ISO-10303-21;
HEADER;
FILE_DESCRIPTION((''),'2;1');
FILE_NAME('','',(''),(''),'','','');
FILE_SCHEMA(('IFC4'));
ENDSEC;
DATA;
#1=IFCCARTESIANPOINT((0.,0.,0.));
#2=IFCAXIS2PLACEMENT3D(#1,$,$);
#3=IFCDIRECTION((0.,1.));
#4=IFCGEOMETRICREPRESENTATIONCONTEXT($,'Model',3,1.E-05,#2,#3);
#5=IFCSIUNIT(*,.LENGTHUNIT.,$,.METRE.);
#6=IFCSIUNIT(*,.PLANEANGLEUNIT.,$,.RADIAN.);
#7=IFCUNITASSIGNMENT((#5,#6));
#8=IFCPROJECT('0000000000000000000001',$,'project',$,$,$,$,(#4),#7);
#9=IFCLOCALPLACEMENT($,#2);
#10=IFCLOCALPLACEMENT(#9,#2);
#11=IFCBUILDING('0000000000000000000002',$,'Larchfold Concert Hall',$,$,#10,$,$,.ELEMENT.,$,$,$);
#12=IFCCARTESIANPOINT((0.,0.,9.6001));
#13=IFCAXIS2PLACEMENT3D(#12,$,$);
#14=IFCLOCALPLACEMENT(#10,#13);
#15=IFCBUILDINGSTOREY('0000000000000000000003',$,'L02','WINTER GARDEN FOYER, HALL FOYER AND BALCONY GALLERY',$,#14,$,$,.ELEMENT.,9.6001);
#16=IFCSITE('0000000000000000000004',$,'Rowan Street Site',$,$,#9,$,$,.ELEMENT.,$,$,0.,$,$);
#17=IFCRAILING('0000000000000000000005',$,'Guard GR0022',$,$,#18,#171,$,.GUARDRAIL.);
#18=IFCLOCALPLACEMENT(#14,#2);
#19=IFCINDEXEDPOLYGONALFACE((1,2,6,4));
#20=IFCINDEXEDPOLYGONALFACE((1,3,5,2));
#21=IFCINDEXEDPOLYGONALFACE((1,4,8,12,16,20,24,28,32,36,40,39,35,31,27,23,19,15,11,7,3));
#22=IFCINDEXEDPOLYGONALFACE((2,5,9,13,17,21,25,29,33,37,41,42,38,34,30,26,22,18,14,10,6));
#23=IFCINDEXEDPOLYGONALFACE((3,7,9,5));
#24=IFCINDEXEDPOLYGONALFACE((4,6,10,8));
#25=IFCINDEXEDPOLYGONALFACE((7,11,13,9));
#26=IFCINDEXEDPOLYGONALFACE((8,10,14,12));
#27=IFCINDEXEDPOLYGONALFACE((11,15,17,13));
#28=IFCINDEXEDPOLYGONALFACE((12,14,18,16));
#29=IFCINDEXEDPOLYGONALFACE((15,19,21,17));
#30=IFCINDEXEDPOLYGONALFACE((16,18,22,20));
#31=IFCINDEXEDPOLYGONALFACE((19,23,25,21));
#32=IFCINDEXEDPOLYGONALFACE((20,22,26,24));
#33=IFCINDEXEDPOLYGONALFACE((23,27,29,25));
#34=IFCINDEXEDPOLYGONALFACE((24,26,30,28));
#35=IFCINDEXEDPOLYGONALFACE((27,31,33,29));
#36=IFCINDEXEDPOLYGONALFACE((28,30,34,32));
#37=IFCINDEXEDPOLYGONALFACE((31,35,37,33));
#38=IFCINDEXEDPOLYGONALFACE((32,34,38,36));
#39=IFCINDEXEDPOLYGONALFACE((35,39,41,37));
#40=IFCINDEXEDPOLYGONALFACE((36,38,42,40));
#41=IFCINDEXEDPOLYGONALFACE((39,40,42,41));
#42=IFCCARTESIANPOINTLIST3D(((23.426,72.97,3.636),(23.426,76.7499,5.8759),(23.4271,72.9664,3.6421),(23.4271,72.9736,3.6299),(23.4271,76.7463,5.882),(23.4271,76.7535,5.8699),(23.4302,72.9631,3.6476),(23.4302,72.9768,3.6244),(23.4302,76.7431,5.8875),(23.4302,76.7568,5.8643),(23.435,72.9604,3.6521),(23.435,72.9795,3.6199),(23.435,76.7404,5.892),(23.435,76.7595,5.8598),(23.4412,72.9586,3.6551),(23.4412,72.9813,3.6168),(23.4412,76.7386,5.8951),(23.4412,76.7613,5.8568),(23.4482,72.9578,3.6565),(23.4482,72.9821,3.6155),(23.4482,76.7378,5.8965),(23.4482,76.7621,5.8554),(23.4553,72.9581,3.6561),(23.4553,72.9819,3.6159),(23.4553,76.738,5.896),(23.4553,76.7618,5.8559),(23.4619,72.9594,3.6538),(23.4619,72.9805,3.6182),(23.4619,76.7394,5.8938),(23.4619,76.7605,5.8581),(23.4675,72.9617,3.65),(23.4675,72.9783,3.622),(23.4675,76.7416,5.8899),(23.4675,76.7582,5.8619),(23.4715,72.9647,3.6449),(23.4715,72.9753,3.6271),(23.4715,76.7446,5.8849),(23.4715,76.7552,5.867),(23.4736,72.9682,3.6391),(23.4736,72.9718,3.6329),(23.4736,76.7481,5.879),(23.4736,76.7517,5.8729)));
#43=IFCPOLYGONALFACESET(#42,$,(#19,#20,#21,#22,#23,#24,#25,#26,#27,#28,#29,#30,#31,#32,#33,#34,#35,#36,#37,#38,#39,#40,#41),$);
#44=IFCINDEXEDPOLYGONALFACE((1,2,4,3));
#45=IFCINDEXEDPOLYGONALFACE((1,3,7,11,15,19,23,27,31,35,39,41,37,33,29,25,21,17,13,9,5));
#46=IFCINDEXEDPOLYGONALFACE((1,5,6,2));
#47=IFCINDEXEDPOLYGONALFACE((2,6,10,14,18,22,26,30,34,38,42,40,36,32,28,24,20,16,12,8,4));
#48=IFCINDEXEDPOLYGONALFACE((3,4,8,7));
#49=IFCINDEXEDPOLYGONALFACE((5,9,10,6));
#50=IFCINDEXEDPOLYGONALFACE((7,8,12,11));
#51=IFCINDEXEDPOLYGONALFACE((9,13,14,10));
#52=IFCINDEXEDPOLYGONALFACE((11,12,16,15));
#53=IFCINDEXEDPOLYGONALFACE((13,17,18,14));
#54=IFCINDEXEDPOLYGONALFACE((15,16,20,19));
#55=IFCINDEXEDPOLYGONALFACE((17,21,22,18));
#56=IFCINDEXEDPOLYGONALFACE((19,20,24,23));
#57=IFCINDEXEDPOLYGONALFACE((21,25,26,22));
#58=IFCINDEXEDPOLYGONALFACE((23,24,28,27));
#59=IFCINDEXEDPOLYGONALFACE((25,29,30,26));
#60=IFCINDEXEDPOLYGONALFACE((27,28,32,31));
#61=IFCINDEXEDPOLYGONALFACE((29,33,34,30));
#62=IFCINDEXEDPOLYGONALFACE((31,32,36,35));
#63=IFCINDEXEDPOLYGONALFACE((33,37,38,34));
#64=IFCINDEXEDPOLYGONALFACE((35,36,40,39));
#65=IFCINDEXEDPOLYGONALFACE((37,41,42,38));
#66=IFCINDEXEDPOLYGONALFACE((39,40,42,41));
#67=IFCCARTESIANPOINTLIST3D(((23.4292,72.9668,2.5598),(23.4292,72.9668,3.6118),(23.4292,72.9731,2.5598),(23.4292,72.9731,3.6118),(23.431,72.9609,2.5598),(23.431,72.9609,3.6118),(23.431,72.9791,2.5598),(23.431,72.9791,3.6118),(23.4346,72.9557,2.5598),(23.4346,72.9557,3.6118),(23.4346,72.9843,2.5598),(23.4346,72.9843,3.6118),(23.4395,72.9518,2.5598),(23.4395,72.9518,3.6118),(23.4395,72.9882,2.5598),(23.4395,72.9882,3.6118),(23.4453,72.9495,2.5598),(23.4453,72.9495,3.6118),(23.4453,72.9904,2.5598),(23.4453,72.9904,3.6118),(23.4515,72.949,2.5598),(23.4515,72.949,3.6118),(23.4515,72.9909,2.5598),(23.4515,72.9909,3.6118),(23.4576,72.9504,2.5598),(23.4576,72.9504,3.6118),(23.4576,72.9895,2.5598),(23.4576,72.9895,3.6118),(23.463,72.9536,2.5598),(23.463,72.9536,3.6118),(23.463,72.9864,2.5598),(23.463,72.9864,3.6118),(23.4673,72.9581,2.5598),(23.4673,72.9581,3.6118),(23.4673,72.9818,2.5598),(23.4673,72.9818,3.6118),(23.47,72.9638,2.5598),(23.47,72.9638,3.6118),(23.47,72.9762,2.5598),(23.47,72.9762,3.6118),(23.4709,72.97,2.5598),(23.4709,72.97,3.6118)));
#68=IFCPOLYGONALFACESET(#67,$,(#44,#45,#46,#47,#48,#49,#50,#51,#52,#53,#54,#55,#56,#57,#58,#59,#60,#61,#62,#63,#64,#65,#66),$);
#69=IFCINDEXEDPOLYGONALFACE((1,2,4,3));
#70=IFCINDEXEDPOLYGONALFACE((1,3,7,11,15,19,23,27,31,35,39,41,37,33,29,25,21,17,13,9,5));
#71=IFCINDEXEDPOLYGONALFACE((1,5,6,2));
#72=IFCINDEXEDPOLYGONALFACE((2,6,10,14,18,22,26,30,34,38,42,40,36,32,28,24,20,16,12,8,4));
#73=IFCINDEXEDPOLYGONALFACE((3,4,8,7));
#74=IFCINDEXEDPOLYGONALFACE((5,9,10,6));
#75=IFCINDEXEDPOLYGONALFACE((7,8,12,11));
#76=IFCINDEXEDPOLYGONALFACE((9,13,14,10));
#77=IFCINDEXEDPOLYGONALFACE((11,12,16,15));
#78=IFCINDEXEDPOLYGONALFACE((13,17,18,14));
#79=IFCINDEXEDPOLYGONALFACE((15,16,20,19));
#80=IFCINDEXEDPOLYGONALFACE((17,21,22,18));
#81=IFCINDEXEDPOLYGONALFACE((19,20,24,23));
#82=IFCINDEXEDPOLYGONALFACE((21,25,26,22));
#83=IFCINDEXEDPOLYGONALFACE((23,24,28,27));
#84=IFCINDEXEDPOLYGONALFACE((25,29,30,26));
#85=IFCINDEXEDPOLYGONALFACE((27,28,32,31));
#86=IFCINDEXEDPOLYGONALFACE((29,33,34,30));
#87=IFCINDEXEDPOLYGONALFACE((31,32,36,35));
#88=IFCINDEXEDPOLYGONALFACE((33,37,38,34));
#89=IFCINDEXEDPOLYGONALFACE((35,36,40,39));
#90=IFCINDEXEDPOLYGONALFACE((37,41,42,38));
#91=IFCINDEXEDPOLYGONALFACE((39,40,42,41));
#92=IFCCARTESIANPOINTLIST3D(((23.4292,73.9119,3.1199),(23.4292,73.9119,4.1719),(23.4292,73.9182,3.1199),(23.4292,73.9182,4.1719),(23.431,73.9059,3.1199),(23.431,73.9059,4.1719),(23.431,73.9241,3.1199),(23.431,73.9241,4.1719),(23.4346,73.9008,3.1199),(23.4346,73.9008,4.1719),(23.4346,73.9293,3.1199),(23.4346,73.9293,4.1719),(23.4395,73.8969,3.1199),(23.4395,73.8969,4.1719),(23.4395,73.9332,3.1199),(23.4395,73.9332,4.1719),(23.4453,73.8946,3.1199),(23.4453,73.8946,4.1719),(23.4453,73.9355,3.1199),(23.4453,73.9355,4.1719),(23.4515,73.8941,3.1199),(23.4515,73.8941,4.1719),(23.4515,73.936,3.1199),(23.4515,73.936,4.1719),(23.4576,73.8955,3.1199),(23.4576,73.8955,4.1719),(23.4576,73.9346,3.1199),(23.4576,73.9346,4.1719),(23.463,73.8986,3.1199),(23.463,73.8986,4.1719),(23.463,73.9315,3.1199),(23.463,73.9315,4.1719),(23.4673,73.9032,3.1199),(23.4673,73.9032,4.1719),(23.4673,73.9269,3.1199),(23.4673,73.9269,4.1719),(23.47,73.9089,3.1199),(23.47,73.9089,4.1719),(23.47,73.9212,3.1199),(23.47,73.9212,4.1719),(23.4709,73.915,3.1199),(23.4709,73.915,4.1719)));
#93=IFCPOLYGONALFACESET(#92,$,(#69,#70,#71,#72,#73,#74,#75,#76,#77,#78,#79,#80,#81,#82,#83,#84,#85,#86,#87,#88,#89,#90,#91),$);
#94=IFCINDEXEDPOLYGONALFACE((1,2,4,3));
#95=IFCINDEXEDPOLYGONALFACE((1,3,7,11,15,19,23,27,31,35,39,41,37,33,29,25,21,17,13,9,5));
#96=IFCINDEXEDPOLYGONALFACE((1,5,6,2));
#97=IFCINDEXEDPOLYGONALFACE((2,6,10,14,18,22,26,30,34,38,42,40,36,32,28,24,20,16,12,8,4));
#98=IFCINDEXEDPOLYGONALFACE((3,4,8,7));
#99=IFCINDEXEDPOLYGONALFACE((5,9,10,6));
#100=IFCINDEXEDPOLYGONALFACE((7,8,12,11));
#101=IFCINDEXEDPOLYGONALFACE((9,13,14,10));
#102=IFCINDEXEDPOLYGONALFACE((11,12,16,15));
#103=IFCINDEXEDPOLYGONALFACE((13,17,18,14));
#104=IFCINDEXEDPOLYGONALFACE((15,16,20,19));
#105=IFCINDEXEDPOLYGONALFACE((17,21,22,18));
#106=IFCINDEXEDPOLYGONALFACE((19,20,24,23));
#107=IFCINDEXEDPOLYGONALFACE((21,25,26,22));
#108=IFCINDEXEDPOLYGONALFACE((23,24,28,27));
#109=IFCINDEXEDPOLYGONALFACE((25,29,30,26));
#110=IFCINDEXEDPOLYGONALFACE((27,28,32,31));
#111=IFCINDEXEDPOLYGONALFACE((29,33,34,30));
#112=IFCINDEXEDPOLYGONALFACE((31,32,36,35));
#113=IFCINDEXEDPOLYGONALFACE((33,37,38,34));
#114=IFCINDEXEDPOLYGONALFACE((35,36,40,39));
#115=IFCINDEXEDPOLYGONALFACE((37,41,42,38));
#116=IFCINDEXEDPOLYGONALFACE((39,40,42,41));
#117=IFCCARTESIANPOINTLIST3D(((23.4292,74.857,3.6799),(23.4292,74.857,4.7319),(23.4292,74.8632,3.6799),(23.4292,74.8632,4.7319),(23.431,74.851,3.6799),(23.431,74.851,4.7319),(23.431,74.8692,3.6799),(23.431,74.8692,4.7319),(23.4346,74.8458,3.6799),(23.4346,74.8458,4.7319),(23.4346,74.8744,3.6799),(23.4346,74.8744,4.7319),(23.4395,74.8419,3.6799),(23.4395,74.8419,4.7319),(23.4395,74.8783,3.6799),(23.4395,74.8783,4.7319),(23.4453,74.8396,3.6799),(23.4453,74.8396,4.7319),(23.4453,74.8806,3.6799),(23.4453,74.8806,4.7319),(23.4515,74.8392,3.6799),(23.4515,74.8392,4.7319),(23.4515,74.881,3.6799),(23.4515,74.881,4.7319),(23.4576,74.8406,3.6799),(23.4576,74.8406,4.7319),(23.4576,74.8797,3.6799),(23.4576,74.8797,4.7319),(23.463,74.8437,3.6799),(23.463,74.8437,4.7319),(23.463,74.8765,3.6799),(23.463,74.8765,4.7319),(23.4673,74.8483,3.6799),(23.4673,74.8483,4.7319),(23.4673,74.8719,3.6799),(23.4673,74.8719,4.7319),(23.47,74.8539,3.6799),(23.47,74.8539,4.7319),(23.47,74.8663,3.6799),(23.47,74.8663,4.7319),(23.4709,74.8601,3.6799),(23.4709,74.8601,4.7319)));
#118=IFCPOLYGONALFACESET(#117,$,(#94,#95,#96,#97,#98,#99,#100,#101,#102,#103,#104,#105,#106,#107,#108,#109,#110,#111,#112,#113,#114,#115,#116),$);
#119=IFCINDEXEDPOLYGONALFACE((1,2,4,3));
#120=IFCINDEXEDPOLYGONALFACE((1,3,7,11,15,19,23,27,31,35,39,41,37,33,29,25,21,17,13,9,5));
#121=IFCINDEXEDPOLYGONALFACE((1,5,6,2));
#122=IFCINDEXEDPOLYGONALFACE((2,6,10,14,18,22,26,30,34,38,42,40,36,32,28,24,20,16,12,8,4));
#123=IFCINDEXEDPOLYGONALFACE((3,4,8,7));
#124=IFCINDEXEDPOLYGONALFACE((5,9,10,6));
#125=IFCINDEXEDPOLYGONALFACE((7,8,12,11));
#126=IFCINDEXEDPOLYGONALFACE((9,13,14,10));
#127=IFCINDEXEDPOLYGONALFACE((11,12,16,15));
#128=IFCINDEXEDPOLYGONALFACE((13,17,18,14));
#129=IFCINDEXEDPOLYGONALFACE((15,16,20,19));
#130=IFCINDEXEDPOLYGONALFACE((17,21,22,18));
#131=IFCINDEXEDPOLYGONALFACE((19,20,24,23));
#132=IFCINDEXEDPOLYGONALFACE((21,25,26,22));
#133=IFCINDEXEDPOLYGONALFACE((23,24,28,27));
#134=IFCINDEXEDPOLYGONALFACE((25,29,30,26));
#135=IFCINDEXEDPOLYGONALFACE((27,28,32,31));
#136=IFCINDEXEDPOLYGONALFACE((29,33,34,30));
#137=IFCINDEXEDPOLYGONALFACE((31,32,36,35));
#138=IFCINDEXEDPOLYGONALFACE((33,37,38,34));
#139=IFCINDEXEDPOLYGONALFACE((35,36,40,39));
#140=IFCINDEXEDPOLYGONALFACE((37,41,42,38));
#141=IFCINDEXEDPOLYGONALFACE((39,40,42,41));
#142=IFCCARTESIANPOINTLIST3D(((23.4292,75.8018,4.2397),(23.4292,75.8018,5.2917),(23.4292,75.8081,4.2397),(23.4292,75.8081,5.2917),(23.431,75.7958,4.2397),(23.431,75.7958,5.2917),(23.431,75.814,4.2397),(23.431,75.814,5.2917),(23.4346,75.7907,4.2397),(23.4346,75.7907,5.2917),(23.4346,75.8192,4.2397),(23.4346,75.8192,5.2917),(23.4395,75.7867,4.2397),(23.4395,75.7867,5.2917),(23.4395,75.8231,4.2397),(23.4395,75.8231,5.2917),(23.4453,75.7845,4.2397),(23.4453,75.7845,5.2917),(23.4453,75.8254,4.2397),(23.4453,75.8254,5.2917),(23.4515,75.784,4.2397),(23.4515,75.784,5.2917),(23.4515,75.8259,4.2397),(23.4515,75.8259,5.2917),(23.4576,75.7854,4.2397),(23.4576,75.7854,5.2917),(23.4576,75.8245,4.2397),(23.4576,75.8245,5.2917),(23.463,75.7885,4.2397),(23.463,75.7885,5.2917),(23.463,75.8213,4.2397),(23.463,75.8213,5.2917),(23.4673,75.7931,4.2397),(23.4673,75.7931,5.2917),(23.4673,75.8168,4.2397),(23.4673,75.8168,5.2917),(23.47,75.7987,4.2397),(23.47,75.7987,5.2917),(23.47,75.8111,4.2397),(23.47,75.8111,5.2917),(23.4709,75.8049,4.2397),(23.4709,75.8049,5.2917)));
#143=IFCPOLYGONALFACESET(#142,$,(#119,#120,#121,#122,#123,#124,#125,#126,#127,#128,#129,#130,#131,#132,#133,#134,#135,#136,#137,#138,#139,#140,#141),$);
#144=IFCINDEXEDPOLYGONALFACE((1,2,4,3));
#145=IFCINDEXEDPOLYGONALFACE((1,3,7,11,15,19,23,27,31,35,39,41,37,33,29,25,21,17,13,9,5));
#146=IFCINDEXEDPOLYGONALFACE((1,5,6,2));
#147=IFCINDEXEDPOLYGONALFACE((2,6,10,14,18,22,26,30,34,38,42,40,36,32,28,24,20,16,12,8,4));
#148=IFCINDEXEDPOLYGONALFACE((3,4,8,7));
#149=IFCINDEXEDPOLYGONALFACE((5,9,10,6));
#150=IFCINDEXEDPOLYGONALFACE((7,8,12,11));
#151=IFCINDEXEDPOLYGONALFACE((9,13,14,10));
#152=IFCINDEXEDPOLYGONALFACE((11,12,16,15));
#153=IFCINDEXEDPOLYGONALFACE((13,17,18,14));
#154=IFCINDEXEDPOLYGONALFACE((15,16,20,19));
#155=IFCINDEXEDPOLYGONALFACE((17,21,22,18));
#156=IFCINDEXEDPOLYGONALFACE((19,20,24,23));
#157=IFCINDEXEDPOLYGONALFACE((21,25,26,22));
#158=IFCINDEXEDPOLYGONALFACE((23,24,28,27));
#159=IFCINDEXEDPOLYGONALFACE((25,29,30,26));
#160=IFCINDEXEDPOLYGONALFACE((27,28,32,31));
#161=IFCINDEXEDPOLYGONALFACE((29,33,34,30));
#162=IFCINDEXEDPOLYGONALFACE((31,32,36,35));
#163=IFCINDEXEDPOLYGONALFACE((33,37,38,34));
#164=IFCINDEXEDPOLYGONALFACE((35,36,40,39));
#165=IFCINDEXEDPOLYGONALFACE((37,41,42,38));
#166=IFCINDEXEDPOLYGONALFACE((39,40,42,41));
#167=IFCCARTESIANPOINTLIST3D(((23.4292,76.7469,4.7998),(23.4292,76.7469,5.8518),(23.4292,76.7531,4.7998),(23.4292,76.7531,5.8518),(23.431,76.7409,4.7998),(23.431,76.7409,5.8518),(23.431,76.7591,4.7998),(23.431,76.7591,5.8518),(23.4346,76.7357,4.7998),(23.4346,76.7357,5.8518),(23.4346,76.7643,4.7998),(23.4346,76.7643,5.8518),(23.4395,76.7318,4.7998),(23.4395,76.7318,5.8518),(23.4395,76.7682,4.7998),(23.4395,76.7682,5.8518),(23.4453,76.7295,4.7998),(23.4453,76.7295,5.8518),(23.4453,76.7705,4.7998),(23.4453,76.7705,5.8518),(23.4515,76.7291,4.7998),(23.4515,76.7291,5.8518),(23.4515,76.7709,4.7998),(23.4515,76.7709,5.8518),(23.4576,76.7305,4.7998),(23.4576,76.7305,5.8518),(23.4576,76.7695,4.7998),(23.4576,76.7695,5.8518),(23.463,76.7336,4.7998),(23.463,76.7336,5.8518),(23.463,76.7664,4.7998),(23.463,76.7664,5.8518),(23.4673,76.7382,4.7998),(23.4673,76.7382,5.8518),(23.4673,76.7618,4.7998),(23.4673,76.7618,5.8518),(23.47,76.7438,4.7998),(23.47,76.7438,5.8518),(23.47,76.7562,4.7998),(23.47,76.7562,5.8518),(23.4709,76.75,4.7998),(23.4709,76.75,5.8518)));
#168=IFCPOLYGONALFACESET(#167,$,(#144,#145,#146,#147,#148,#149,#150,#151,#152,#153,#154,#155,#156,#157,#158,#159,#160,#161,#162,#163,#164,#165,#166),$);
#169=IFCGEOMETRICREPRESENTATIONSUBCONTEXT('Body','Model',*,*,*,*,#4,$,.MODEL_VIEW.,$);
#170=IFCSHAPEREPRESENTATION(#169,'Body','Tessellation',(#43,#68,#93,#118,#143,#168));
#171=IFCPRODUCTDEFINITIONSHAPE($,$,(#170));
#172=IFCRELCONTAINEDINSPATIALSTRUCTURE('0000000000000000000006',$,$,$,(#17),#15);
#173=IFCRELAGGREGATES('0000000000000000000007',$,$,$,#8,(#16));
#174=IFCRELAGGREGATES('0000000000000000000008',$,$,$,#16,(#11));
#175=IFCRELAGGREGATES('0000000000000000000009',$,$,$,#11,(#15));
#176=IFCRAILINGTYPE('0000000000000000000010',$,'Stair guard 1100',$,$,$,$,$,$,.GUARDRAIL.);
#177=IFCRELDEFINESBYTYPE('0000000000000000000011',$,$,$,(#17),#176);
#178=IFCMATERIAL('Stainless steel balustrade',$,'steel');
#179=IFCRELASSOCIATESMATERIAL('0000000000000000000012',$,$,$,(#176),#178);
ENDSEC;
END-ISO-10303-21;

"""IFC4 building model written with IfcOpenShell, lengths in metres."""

from ifc_helpers import new_model, si_unit, direction, frame, origin, origin_2d, place, context, subcontext, project, spatial, circle, extrude, material, type_object, element, save


model = new_model("IFC4")

# Units and contexts
model_context = context("Model", 3, precision=1e-05, world=origin(), true_north=direction((0.0, 1.0)))
body_context = subcontext(model_context, "Body", "Model", "MODEL_VIEW")
ifc_project = project(units=[si_unit("LENGTHUNIT", "METRE"), si_unit("PLANEANGLEUNIT", "RADIAN")], contexts=[model_context])

# Site, building, storey
site_placement = place(None, origin())
site = spatial("IfcSite", under=ifc_project, at=site_placement, Name="Rowan Street Site", CompositionType="ELEMENT", RefElevation=0.0)
building_placement = place(site_placement, origin())
building = spatial("IfcBuilding", under=site, at=building_placement, Name="Larchfold Concert Hall", CompositionType="ELEMENT")
storey_placement = place(building_placement, frame((0.0, 0.0, 9.6001)))
storey = spatial("IfcBuildingStorey", under=building, at=storey_placement, Name="L02", Description="WINTER GARDEN FOYER, HALL FOYER AND BALCONY GALLERY", CompositionType="ELEMENT", Elevation=9.6001)

# Railing
ifc_material_1 = material(Name="Stainless steel balustrade", Category="steel")
railing_type_1 = type_object("IfcRailingType", Name="Stair guard 1100", PredefinedType="GUARDRAIL", material=ifc_material_1)
railing_1_placement = place(storey_placement, frame((23.45, 72.97, 2.5598)))
element("IfcRailing", 1, at=railing_1_placement, inside=storey, type_object=railing_type_1, Name="Guard GR0022", PredefinedType="GUARDRAIL", context=body_context, shape_type="SweptSolid", body=[
    extrude(circle(Radius=0.0239, at=origin_2d()), frame((0.0, 0.0, 1.0762), z_axis=(0.0, 0.860294, 0.509798), x_axis=(-1.0, 0.0, 0.0)), (0.0, 0.0, 1.0), 4.3938),
    extrude(circle(Radius=0.021, at=origin_2d()), origin(), (0.0, 0.0, 1.0), 1.052),
    extrude(circle(Radius=0.021, at=origin_2d()), frame((0.0, 0.9451, 0.5601)), (0.0, 0.0, 1.0), 1.052),
    extrude(circle(Radius=0.021, at=origin_2d()), frame((0.0, 1.8901, 1.1201)), (0.0, 0.0, 1.0), 1.052),
    extrude(circle(Radius=0.021, at=origin_2d()), frame((0.0, 2.835, 1.6799)), (0.0, 0.0, 1.0), 1.052),
    extrude(circle(Radius=0.021, at=origin_2d()), frame((0.0, 3.78, 2.24)), (0.0, 0.0, 1.0), 1.052),
])

save(model, "model.ifc")
